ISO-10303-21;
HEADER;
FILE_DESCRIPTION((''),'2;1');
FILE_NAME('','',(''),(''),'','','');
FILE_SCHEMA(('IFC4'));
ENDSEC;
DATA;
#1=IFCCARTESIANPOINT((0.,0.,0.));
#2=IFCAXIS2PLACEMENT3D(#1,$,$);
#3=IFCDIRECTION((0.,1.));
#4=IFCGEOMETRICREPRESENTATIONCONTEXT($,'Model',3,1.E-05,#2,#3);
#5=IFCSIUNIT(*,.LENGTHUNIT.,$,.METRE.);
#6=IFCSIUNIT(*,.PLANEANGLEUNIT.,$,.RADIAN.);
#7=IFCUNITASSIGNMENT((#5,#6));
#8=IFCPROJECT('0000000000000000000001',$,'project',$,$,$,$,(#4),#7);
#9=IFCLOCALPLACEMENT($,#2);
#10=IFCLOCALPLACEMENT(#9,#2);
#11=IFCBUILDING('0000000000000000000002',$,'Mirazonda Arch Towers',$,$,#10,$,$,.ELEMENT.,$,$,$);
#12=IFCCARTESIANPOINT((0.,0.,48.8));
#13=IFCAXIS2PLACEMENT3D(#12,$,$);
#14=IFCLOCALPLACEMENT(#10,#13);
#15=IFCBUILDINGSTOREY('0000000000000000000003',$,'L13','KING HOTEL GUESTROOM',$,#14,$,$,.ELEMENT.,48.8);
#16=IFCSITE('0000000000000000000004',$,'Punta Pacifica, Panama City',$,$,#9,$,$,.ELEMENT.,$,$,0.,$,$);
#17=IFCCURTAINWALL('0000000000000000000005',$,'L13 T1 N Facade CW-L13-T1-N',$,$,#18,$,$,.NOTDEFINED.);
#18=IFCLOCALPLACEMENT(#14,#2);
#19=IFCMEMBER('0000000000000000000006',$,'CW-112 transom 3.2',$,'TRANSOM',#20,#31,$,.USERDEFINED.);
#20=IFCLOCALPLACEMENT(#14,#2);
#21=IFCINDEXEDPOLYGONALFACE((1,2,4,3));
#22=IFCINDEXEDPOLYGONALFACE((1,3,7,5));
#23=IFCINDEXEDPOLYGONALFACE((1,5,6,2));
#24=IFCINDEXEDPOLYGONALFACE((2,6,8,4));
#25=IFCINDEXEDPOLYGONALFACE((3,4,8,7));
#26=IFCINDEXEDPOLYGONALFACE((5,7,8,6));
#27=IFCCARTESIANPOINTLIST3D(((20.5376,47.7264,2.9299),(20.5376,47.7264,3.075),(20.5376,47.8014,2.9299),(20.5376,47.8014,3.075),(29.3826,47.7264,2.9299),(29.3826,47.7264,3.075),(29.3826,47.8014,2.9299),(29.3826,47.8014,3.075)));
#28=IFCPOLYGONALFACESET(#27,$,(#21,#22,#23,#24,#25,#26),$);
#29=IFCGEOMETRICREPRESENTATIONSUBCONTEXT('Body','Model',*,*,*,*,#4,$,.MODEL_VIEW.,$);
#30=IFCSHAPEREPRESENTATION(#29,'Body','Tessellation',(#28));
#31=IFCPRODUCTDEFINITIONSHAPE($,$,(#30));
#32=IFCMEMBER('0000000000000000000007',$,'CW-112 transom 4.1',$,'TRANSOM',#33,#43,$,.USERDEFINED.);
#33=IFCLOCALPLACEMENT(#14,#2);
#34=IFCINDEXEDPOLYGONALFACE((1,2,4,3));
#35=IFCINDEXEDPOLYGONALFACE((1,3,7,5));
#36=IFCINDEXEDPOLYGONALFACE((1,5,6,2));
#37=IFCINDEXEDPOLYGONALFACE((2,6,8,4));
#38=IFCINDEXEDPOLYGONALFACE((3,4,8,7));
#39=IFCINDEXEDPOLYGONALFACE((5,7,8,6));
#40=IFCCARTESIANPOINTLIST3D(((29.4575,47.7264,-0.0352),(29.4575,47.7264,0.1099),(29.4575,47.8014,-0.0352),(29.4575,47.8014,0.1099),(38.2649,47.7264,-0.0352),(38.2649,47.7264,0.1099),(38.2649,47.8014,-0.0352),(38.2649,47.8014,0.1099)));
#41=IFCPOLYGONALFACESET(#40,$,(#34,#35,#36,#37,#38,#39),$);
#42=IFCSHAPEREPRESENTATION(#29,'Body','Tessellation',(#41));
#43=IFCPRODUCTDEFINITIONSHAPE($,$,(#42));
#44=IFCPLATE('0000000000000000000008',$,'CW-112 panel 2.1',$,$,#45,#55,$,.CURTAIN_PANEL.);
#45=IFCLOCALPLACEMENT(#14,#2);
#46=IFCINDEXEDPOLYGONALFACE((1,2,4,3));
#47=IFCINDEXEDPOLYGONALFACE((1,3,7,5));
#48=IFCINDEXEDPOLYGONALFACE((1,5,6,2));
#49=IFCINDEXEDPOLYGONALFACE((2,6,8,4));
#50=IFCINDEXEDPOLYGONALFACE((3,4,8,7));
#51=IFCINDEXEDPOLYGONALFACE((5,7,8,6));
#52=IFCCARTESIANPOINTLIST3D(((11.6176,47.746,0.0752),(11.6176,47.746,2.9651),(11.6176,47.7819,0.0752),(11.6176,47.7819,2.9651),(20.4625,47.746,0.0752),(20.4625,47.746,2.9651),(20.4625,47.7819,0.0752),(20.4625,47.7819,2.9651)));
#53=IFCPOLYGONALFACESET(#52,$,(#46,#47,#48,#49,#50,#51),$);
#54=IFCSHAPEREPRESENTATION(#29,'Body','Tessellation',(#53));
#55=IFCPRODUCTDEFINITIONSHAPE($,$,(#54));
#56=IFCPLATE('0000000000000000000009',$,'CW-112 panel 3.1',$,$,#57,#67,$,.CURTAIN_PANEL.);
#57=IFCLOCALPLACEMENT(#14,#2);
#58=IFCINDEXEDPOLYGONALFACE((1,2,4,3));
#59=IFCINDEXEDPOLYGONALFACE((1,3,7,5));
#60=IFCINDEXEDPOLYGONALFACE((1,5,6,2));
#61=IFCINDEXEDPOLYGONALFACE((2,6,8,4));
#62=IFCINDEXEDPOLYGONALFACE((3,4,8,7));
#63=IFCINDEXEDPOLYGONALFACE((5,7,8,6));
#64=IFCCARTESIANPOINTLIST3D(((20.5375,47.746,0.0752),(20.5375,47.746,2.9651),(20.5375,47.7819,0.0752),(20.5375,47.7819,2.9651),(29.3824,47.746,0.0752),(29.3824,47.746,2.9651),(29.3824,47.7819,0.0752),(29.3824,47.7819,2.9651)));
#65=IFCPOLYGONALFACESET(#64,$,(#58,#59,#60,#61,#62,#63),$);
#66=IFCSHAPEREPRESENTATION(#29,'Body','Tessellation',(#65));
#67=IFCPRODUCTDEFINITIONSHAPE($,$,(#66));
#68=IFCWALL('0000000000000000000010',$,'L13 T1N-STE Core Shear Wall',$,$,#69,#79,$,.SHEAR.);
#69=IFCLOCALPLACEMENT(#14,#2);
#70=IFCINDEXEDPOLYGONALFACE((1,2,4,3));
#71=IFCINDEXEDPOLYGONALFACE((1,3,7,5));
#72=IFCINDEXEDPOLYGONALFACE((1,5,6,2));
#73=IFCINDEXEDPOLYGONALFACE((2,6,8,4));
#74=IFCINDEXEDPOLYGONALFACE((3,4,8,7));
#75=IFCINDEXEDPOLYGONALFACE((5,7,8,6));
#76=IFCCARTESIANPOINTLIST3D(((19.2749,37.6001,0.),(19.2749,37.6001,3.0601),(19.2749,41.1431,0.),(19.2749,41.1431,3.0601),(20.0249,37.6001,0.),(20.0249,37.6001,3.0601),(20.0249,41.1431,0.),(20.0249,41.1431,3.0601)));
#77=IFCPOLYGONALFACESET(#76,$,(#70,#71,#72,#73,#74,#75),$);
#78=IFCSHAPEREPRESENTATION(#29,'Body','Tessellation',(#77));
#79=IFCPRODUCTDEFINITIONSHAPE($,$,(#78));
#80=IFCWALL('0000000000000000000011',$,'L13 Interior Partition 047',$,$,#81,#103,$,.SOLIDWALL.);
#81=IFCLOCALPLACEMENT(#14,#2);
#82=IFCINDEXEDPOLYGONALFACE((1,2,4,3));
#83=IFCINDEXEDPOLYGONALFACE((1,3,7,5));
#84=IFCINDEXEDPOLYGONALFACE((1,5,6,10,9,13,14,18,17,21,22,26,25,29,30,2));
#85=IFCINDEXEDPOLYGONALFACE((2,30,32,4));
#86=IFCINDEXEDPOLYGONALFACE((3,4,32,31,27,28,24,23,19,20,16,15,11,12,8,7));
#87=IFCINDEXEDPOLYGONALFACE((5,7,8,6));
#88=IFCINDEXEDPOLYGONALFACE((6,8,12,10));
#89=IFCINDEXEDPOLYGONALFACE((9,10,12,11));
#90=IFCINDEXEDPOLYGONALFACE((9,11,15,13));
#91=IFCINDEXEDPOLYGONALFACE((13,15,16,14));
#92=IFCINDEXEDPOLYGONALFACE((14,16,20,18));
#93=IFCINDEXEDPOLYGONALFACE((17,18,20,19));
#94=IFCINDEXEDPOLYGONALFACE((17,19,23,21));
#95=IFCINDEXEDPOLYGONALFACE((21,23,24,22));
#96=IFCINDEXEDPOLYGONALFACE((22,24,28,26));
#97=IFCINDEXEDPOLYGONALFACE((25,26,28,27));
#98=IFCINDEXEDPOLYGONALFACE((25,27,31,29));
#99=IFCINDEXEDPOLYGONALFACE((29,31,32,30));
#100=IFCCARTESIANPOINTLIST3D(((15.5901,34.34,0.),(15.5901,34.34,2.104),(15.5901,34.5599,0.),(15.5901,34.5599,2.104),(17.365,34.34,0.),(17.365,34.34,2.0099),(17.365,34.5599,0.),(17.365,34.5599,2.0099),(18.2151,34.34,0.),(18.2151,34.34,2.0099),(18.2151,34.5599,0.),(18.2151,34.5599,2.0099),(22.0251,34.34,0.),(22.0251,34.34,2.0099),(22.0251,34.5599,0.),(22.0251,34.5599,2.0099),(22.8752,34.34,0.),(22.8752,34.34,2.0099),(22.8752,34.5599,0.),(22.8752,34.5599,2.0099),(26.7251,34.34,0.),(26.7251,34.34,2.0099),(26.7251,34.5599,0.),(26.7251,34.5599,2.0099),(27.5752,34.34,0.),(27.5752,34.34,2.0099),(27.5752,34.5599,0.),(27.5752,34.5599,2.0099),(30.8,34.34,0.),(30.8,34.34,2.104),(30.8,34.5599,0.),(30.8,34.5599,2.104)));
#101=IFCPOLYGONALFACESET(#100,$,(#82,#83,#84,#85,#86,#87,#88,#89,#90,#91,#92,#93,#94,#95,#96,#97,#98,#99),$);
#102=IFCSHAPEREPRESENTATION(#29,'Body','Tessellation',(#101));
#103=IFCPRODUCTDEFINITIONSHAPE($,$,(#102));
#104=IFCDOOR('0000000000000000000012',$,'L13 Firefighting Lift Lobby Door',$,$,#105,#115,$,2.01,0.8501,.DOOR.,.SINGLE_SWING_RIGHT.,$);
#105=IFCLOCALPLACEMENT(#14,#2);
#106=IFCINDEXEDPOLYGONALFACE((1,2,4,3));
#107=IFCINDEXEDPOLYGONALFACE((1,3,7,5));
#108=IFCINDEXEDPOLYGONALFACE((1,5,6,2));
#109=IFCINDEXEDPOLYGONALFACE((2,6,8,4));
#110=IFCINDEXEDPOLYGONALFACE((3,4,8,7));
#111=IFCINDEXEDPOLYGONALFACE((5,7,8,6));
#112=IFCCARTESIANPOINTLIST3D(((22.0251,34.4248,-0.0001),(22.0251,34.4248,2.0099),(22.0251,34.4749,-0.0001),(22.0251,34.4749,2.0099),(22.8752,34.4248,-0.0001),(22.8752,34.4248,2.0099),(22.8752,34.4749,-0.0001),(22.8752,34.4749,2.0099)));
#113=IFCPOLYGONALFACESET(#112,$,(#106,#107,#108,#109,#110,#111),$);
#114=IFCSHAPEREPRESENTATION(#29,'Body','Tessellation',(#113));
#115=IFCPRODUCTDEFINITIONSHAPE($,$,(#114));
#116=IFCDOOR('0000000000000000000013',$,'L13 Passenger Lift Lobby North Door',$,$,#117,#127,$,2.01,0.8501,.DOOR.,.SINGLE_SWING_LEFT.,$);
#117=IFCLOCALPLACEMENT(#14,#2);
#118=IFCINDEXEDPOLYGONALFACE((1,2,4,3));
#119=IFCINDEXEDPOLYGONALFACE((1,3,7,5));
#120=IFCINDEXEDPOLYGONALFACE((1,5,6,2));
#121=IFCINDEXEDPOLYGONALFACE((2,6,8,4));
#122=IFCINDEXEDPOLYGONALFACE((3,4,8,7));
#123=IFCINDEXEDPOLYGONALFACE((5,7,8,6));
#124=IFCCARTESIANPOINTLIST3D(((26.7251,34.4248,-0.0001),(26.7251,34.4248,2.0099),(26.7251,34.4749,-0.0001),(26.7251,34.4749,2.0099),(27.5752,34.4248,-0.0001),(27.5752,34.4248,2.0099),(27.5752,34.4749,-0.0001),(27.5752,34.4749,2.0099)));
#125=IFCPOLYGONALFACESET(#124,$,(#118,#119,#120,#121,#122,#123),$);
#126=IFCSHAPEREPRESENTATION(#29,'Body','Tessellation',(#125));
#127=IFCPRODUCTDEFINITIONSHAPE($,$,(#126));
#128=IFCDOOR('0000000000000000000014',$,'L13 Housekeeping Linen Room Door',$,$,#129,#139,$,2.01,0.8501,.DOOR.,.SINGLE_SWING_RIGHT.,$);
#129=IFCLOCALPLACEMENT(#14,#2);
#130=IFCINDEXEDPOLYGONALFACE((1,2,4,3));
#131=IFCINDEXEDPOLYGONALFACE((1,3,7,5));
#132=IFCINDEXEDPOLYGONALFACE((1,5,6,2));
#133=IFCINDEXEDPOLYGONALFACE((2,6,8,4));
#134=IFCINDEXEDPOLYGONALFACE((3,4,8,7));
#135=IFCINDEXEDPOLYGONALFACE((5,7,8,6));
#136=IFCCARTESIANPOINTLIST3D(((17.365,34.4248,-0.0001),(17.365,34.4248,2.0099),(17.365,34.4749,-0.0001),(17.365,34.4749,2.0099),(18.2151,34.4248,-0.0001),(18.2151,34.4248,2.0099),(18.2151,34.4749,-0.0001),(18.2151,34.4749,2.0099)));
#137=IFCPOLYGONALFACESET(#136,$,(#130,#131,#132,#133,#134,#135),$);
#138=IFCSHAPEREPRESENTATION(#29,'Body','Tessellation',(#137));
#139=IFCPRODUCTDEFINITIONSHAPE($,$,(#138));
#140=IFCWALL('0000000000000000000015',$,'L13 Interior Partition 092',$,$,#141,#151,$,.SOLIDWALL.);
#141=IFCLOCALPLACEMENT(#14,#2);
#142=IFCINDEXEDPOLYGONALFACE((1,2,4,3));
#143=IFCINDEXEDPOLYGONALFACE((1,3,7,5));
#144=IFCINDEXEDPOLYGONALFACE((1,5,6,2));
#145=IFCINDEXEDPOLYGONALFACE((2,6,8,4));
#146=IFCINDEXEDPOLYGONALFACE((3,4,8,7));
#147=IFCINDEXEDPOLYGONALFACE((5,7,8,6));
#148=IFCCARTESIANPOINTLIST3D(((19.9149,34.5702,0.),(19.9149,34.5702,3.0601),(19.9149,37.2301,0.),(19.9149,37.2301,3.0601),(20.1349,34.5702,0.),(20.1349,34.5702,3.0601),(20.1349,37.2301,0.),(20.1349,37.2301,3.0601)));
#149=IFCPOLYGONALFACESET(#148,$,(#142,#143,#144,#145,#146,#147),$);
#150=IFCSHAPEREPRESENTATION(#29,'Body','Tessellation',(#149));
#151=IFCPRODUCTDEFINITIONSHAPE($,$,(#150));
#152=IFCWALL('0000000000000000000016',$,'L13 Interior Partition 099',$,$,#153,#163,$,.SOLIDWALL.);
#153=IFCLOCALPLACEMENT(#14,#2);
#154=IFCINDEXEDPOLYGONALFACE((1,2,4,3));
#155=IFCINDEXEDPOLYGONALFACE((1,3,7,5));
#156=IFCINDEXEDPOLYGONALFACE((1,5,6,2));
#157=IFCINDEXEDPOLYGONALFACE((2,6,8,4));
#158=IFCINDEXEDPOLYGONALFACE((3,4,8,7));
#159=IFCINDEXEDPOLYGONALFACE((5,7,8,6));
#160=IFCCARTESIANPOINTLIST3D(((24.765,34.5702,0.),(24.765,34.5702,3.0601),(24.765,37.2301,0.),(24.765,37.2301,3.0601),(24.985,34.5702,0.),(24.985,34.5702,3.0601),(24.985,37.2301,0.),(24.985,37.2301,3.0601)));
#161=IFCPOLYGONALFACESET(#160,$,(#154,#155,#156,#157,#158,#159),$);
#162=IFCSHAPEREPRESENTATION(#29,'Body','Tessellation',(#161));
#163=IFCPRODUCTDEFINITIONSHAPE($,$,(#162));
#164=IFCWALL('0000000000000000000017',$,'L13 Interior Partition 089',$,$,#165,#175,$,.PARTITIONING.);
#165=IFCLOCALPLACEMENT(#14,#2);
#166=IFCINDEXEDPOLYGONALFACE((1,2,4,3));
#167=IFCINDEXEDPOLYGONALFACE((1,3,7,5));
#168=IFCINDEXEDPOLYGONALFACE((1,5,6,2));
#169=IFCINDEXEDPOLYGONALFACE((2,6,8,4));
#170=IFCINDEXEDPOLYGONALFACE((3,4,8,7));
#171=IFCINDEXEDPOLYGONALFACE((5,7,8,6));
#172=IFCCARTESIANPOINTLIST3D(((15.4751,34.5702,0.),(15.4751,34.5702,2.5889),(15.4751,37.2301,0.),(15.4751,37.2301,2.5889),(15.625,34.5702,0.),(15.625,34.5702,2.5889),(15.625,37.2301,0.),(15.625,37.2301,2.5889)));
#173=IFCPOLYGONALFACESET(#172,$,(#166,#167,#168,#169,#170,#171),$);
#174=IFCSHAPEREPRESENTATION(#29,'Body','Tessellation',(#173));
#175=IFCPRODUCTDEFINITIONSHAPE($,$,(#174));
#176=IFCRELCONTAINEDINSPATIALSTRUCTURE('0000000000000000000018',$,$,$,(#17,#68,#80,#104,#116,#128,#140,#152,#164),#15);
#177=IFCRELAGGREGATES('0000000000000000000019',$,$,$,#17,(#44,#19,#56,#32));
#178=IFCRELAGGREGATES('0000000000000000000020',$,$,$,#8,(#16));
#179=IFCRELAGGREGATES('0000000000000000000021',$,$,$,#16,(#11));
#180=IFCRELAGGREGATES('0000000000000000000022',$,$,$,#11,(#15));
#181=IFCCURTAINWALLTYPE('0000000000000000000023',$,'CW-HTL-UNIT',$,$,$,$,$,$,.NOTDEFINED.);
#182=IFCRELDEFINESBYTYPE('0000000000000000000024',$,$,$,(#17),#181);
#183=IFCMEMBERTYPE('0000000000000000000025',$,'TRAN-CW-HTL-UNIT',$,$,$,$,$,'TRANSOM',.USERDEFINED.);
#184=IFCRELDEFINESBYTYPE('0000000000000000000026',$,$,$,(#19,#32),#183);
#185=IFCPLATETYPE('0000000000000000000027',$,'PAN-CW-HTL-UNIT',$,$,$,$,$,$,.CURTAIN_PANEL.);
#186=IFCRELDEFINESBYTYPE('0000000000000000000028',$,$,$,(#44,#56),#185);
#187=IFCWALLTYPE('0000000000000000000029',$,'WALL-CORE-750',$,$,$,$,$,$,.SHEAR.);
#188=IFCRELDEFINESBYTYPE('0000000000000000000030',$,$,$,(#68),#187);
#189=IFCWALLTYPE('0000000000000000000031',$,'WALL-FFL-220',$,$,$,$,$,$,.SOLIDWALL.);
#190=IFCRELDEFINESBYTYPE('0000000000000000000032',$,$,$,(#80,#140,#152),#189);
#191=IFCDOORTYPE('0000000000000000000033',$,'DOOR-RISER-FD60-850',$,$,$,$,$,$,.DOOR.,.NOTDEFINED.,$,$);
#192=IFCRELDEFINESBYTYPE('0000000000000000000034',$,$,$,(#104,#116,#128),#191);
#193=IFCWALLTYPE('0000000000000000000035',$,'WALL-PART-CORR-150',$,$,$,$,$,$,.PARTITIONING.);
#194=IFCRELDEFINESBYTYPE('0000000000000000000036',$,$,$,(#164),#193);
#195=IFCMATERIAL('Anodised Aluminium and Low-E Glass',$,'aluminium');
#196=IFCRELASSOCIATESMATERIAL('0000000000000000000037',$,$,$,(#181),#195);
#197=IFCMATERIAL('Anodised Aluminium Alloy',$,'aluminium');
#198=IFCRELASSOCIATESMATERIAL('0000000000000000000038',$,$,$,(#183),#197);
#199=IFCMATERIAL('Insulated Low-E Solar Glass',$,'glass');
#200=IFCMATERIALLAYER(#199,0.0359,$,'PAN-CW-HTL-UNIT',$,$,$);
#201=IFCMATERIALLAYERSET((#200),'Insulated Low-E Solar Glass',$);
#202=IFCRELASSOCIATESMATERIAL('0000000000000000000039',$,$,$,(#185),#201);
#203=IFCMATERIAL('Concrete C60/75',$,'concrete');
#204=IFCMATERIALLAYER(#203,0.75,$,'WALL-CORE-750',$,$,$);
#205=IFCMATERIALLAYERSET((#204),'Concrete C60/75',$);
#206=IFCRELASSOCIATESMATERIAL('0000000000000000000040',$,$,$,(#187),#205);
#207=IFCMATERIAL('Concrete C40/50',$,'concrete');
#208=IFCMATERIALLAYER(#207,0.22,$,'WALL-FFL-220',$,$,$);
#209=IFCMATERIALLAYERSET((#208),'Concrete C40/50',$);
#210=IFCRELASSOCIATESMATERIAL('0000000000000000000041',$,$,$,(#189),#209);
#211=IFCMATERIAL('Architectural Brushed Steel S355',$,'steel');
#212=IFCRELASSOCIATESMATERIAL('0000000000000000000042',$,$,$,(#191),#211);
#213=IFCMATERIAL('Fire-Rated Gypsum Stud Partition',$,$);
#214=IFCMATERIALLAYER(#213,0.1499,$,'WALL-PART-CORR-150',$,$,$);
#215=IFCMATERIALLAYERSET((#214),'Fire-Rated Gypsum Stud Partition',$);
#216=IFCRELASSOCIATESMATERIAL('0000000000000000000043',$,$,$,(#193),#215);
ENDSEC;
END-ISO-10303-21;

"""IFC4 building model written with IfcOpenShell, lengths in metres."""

from ifc_helpers import new_model, si_unit, direction, frame, frame_2d, origin, origin_2d, place, context, subcontext, project, spatial, rectangle, extrude, material, layer, layer_set, material_profile, profile_set, type_object, element, fill, aggregate, save


model = new_model("IFC4")

# Units and contexts
model_context = context("Model", 3, precision=1e-05, world=origin(), true_north=direction((0.0, 1.0)))
body_context = subcontext(model_context, "Body", "Model", "MODEL_VIEW")
ifc_project = project(units=[si_unit("LENGTHUNIT", "METRE"), si_unit("PLANEANGLEUNIT", "RADIAN")], contexts=[model_context])

# Site, building, storey
site_placement = place(None, origin())
site = spatial("IfcSite", under=ifc_project, at=site_placement, Name="Punta Pacifica, Panama City", CompositionType="ELEMENT", RefElevation=0.0)
building_placement = place(site_placement, origin())
building = spatial("IfcBuilding", under=site, at=building_placement, Name="Mirazonda Arch Towers", CompositionType="ELEMENT")
storey_placement = place(building_placement, frame((0.0, 0.0, 48.8)))
storey = spatial("IfcBuildingStorey", under=building, at=storey_placement, Name="L13", Description="KING HOTEL GUESTROOM", CompositionType="ELEMENT", Elevation=48.8)

# Shared definitions
ifc_material_1 = material(Name="Concrete C60/75", Category="concrete")

# Curtain wall, members, plates
ifc_material_2 = material(Name="Anodised Aluminium and Low-E Glass", Category="aluminium")
curtain_wall_type = type_object("IfcCurtainWallType", Name="CW-HTL-UNIT", PredefinedType="NOTDEFINED", material=ifc_material_2)
curtain_wall_placement = place(storey_placement, origin())
curtain_wall = element("IfcCurtainWall", 1, at=curtain_wall_placement, inside=storey, type_object=curtain_wall_type, Name="L13 T1 N Facade CW-L13-T1-N", PredefinedType="NOTDEFINED")
ifc_material_3 = material(Name="Anodised Aluminium Alloy", Category="aluminium")
ifc_material_profile_1 = material_profile(ifc_material_3, rectangle(XDim=0.075, YDim=0.145, at=origin_2d()), Name="ALU-TRAN-75x145")
ifc_profile_set_1 = profile_set([ifc_material_profile_1], Name="Anodised Aluminium Alloy")
member_type_1 = type_object("IfcMemberType", Name="TRAN-CW-HTL-UNIT", ElementType="TRANSOM", PredefinedType="USERDEFINED", material=ifc_profile_set_1)
member_1_placement = place(storey_placement, frame((20.5376, 47.7639, 3.0024), z_axis=(1.0, 0.0, 0.0), x_axis=(0.0, 1.0, 0.0)))
member_1 = element("IfcMember", 2, at=member_1_placement, type_object=member_type_1, Name="CW-112 transom 3.2", ObjectType="TRANSOM", PredefinedType="USERDEFINED", context=body_context, shape_type="SweptSolid", body=[
    extrude(rectangle(XDim=0.075, YDim=0.145, at=origin_2d()), origin(), (0.0, 0.0, 1.0), 8.845),
])
member_2_placement = place(storey_placement, frame((29.4575, 47.7639, 0.0374), z_axis=(1.0, 0.0, 0.0), x_axis=(0.0, 1.0, 0.0)))
member_2 = element("IfcMember", 3, at=member_2_placement, type_object=member_type_1, Name="CW-112 transom 4.1", ObjectType="TRANSOM", PredefinedType="USERDEFINED", context=body_context, shape_type="SweptSolid", body=[
    extrude(rectangle(XDim=0.075, YDim=0.145, at=origin_2d()), origin(), (0.0, 0.0, 1.0), 8.8074),
])
ifc_material_4 = material(Name="Insulated Low-E Solar Glass", Category="glass")
ifc_layer_1 = layer(ifc_material_4, 0.0359, Name="PAN-CW-HTL-UNIT")
ifc_layer_set_1 = layer_set([ifc_layer_1], Name="Insulated Low-E Solar Glass")
plate_type = type_object("IfcPlateType", Name="PAN-CW-HTL-UNIT", PredefinedType="CURTAIN_PANEL", material=ifc_layer_set_1)
plate_1_placement = place(storey_placement, frame((16.04, 47.7639, 0.0752), z_axis=(0.0, 0.0, 1.0), x_axis=(1.0, 0.0, 0.0)))
plate_1 = element("IfcPlate", 4, at=plate_1_placement, type_object=plate_type, Name="CW-112 panel 2.1", PredefinedType="CURTAIN_PANEL", context=body_context, shape_type="SweptSolid", body=[
    extrude(rectangle(XDim=8.845, YDim=0.0359, at=origin_2d()), origin(), (0.0, 0.0, 1.0), 2.8899),
])
plate_2_placement = place(storey_placement, frame((24.96, 47.7639, 0.0752), z_axis=(0.0, 0.0, 1.0), x_axis=(1.0, 0.0, 0.0)))
plate_2 = element("IfcPlate", 5, at=plate_2_placement, type_object=plate_type, Name="CW-112 panel 3.1", PredefinedType="CURTAIN_PANEL", context=body_context, shape_type="SweptSolid", body=[
    extrude(rectangle(XDim=8.845, YDim=0.0359, at=origin_2d()), origin(), (0.0, 0.0, 1.0), 2.8899),
])
aggregate(curtain_wall, [plate_1, member_1, plate_2, member_2])

# Wall
ifc_layer_2 = layer(ifc_material_1, 0.75, Name="WALL-CORE-750")
ifc_layer_set_2 = layer_set([ifc_layer_2], Name="Concrete C60/75")
wall_type_1 = type_object("IfcWallType", Name="WALL-CORE-750", PredefinedType="SHEAR", material=ifc_layer_set_2)
wall_1_placement = place(storey_placement, frame((19.6499, 37.6001, 0.0), z_axis=(0.0, 0.0, 1.0), x_axis=(0.0, 1.0, 0.0)))
element("IfcWall", 6, at=wall_1_placement, inside=storey, type_object=wall_type_1, Name="L13 T1N-STE Core Shear Wall", PredefinedType="SHEAR", context=body_context, shape_type="SweptSolid", body=[
    extrude(rectangle(XDim=3.543, YDim=0.75, at=frame_2d((1.7715, 0.0))), origin(), (0.0, 0.0, 1.0), 3.0601),
])

# Wall, openings, doors
ifc_material_5 = material(Name="Concrete C40/50", Category="concrete")
ifc_layer_3 = layer(ifc_material_5, 0.22, Name="WALL-FFL-220")
ifc_layer_set_3 = layer_set([ifc_layer_3], Name="Concrete C40/50")
wall_type_2 = type_object("IfcWallType", Name="WALL-FFL-220", PredefinedType="SOLIDWALL", material=ifc_layer_set_3)
wall_2_placement = place(storey_placement, frame((15.5901, 34.45, 0.0), z_axis=(0.0, 0.0, 1.0), x_axis=(1.0, 0.0, 0.0)))
wall_2 = element("IfcWall", 7, at=wall_2_placement, inside=storey, type_object=wall_type_2, Name="L13 Interior Partition 047", PredefinedType="SOLIDWALL", context=body_context, shape_type="SweptSolid", body=[
    extrude(rectangle(XDim=15.21, YDim=0.22, at=frame_2d((7.605, 0.0))), origin(), (0.0, 0.0, 1.0), 2.104),
])
opening_1_placement = place(wall_2_placement, frame((6.4351, 0.0, 0.0)))
opening_1 = element("IfcOpeningElement", 8, at=opening_1_placement, cuts=wall_2, PredefinedType="OPENING", context=body_context, shape_type="SweptSolid", body=[
    extrude(rectangle(XDim=0.8501, YDim=2.01, at=frame_2d((0.425, 1.0049))), frame((0.0, 0.1199, 0.0), z_axis=(0.0, -1.0, 0.0), x_axis=(1.0, 0.0, 0.0)), (0.0, 0.0, 1.0), 0.24),
])
opening_2_placement = place(wall_2_placement, frame((11.135, 0.0, 0.0)))
opening_2 = element("IfcOpeningElement", 9, at=opening_2_placement, cuts=wall_2, PredefinedType="OPENING", context=body_context, shape_type="SweptSolid", body=[
    extrude(rectangle(XDim=0.8501, YDim=2.01, at=frame_2d((0.425, 1.0049))), frame((0.0, 0.1199, 0.0), z_axis=(0.0, -1.0, 0.0), x_axis=(1.0, 0.0, 0.0)), (0.0, 0.0, 1.0), 0.24),
])
opening_3_placement = place(wall_2_placement, frame((1.7749, 0.0, 0.0)))
opening_3 = element("IfcOpeningElement", 10, at=opening_3_placement, cuts=wall_2, PredefinedType="OPENING", context=body_context, shape_type="SweptSolid", body=[
    extrude(rectangle(XDim=0.8501, YDim=2.01, at=frame_2d((0.425, 1.0049))), frame((0.0, 0.1199, 0.0), z_axis=(0.0, -1.0, 0.0), x_axis=(1.0, 0.0, 0.0)), (0.0, 0.0, 1.0), 0.24),
])
ifc_material_6 = material(Name="Architectural Brushed Steel S355", Category="steel")
door_type = type_object("IfcDoorType", Name="DOOR-RISER-FD60-850", OperationType="NOTDEFINED", PredefinedType="DOOR", material=ifc_material_6)
door_1_placement = place(opening_1_placement, origin())
door_1 = element("IfcDoor", 11, at=door_1_placement, inside=storey, type_object=door_type, Name="L13 Firefighting Lift Lobby Door", OperationType="SINGLE_SWING_RIGHT", OverallHeight=2.01, OverallWidth=0.8501, PredefinedType="DOOR", context=body_context, shape_type="SweptSolid", body=[
    extrude(rectangle(XDim=0.8501, YDim=2.01, at=frame_2d((0.425, 1.0049))), frame((0.0, 0.0249, 0.0), z_axis=(0.0, -1.0, 0.0), x_axis=(1.0, 0.0, 0.0)), (0.0, 0.0, 1.0), 0.05),
])
fill(opening_1, door_1)
door_2_placement = place(opening_2_placement, origin())
door_2 = element("IfcDoor", 12, at=door_2_placement, inside=storey, type_object=door_type, Name="L13 Passenger Lift Lobby North Door", OperationType="SINGLE_SWING_LEFT", OverallHeight=2.01, OverallWidth=0.8501, PredefinedType="DOOR", context=body_context, shape_type="SweptSolid", body=[
    extrude(rectangle(XDim=0.8501, YDim=2.01, at=frame_2d((0.425, 1.0049))), frame((0.0, 0.0249, 0.0), z_axis=(0.0, -1.0, 0.0), x_axis=(1.0, 0.0, 0.0)), (0.0, 0.0, 1.0), 0.05),
])
fill(opening_2, door_2)
door_3_placement = place(opening_3_placement, origin())
door_3 = element("IfcDoor", 13, at=door_3_placement, inside=storey, type_object=door_type, Name="L13 Housekeeping Linen Room Door", OperationType="SINGLE_SWING_RIGHT", OverallHeight=2.01, OverallWidth=0.8501, PredefinedType="DOOR", context=body_context, shape_type="SweptSolid", body=[
    extrude(rectangle(XDim=0.8501, YDim=2.01, at=frame_2d((0.425, 1.0049))), frame((0.0, 0.0249, 0.0), z_axis=(0.0, -1.0, 0.0), x_axis=(1.0, 0.0, 0.0)), (0.0, 0.0, 1.0), 0.05),
])
fill(opening_3, door_3)

# Walls
for number, where, z_axis, x_axis, name in (
    (14, (20.0249, 34.5701, 0.0), (0.0, 0.0, 1.0), (0.0, 1.0, 0.0), "L13 Interior Partition 092"),
    (15, (24.875, 34.5701, 0.0), (0.0, 0.0, 1.0), (0.0, 1.0, 0.0), "L13 Interior Partition 099"),
):
    element("IfcWall", number, at=place(storey_placement, frame(where, z_axis=z_axis, x_axis=x_axis)), inside=storey, type_object=wall_type_2, Name=name, PredefinedType="SOLIDWALL", context=body_context, shape_type="SweptSolid", body=[
        extrude(rectangle(XDim=2.6599, YDim=0.22, at=frame_2d((1.3301, 0.0))), origin(), (0.0, 0.0, 1.0), 3.0601),
    ])
ifc_material_7 = material(Name="Fire-Rated Gypsum Stud Partition")
ifc_layer_4 = layer(ifc_material_7, 0.1499, Name="WALL-PART-CORR-150")
ifc_layer_set_4 = layer_set([ifc_layer_4], Name="Fire-Rated Gypsum Stud Partition")
wall_type_3 = type_object("IfcWallType", Name="WALL-PART-CORR-150", PredefinedType="PARTITIONING", material=ifc_layer_set_4)
wall_3_placement = place(storey_placement, frame((15.55, 34.5701, 0.0), z_axis=(0.0, 0.0, 1.0), x_axis=(0.0, 1.0, 0.0)))
element("IfcWall", 16, at=wall_3_placement, inside=storey, type_object=wall_type_3, Name="L13 Interior Partition 089", PredefinedType="PARTITIONING", context=body_context, shape_type="SweptSolid", body=[
    extrude(rectangle(XDim=2.6599, YDim=0.1499, at=frame_2d((1.3301, 0.0))), origin(), (0.0, 0.0, 1.0), 2.5889),
])

save(model, "model.ifc")
